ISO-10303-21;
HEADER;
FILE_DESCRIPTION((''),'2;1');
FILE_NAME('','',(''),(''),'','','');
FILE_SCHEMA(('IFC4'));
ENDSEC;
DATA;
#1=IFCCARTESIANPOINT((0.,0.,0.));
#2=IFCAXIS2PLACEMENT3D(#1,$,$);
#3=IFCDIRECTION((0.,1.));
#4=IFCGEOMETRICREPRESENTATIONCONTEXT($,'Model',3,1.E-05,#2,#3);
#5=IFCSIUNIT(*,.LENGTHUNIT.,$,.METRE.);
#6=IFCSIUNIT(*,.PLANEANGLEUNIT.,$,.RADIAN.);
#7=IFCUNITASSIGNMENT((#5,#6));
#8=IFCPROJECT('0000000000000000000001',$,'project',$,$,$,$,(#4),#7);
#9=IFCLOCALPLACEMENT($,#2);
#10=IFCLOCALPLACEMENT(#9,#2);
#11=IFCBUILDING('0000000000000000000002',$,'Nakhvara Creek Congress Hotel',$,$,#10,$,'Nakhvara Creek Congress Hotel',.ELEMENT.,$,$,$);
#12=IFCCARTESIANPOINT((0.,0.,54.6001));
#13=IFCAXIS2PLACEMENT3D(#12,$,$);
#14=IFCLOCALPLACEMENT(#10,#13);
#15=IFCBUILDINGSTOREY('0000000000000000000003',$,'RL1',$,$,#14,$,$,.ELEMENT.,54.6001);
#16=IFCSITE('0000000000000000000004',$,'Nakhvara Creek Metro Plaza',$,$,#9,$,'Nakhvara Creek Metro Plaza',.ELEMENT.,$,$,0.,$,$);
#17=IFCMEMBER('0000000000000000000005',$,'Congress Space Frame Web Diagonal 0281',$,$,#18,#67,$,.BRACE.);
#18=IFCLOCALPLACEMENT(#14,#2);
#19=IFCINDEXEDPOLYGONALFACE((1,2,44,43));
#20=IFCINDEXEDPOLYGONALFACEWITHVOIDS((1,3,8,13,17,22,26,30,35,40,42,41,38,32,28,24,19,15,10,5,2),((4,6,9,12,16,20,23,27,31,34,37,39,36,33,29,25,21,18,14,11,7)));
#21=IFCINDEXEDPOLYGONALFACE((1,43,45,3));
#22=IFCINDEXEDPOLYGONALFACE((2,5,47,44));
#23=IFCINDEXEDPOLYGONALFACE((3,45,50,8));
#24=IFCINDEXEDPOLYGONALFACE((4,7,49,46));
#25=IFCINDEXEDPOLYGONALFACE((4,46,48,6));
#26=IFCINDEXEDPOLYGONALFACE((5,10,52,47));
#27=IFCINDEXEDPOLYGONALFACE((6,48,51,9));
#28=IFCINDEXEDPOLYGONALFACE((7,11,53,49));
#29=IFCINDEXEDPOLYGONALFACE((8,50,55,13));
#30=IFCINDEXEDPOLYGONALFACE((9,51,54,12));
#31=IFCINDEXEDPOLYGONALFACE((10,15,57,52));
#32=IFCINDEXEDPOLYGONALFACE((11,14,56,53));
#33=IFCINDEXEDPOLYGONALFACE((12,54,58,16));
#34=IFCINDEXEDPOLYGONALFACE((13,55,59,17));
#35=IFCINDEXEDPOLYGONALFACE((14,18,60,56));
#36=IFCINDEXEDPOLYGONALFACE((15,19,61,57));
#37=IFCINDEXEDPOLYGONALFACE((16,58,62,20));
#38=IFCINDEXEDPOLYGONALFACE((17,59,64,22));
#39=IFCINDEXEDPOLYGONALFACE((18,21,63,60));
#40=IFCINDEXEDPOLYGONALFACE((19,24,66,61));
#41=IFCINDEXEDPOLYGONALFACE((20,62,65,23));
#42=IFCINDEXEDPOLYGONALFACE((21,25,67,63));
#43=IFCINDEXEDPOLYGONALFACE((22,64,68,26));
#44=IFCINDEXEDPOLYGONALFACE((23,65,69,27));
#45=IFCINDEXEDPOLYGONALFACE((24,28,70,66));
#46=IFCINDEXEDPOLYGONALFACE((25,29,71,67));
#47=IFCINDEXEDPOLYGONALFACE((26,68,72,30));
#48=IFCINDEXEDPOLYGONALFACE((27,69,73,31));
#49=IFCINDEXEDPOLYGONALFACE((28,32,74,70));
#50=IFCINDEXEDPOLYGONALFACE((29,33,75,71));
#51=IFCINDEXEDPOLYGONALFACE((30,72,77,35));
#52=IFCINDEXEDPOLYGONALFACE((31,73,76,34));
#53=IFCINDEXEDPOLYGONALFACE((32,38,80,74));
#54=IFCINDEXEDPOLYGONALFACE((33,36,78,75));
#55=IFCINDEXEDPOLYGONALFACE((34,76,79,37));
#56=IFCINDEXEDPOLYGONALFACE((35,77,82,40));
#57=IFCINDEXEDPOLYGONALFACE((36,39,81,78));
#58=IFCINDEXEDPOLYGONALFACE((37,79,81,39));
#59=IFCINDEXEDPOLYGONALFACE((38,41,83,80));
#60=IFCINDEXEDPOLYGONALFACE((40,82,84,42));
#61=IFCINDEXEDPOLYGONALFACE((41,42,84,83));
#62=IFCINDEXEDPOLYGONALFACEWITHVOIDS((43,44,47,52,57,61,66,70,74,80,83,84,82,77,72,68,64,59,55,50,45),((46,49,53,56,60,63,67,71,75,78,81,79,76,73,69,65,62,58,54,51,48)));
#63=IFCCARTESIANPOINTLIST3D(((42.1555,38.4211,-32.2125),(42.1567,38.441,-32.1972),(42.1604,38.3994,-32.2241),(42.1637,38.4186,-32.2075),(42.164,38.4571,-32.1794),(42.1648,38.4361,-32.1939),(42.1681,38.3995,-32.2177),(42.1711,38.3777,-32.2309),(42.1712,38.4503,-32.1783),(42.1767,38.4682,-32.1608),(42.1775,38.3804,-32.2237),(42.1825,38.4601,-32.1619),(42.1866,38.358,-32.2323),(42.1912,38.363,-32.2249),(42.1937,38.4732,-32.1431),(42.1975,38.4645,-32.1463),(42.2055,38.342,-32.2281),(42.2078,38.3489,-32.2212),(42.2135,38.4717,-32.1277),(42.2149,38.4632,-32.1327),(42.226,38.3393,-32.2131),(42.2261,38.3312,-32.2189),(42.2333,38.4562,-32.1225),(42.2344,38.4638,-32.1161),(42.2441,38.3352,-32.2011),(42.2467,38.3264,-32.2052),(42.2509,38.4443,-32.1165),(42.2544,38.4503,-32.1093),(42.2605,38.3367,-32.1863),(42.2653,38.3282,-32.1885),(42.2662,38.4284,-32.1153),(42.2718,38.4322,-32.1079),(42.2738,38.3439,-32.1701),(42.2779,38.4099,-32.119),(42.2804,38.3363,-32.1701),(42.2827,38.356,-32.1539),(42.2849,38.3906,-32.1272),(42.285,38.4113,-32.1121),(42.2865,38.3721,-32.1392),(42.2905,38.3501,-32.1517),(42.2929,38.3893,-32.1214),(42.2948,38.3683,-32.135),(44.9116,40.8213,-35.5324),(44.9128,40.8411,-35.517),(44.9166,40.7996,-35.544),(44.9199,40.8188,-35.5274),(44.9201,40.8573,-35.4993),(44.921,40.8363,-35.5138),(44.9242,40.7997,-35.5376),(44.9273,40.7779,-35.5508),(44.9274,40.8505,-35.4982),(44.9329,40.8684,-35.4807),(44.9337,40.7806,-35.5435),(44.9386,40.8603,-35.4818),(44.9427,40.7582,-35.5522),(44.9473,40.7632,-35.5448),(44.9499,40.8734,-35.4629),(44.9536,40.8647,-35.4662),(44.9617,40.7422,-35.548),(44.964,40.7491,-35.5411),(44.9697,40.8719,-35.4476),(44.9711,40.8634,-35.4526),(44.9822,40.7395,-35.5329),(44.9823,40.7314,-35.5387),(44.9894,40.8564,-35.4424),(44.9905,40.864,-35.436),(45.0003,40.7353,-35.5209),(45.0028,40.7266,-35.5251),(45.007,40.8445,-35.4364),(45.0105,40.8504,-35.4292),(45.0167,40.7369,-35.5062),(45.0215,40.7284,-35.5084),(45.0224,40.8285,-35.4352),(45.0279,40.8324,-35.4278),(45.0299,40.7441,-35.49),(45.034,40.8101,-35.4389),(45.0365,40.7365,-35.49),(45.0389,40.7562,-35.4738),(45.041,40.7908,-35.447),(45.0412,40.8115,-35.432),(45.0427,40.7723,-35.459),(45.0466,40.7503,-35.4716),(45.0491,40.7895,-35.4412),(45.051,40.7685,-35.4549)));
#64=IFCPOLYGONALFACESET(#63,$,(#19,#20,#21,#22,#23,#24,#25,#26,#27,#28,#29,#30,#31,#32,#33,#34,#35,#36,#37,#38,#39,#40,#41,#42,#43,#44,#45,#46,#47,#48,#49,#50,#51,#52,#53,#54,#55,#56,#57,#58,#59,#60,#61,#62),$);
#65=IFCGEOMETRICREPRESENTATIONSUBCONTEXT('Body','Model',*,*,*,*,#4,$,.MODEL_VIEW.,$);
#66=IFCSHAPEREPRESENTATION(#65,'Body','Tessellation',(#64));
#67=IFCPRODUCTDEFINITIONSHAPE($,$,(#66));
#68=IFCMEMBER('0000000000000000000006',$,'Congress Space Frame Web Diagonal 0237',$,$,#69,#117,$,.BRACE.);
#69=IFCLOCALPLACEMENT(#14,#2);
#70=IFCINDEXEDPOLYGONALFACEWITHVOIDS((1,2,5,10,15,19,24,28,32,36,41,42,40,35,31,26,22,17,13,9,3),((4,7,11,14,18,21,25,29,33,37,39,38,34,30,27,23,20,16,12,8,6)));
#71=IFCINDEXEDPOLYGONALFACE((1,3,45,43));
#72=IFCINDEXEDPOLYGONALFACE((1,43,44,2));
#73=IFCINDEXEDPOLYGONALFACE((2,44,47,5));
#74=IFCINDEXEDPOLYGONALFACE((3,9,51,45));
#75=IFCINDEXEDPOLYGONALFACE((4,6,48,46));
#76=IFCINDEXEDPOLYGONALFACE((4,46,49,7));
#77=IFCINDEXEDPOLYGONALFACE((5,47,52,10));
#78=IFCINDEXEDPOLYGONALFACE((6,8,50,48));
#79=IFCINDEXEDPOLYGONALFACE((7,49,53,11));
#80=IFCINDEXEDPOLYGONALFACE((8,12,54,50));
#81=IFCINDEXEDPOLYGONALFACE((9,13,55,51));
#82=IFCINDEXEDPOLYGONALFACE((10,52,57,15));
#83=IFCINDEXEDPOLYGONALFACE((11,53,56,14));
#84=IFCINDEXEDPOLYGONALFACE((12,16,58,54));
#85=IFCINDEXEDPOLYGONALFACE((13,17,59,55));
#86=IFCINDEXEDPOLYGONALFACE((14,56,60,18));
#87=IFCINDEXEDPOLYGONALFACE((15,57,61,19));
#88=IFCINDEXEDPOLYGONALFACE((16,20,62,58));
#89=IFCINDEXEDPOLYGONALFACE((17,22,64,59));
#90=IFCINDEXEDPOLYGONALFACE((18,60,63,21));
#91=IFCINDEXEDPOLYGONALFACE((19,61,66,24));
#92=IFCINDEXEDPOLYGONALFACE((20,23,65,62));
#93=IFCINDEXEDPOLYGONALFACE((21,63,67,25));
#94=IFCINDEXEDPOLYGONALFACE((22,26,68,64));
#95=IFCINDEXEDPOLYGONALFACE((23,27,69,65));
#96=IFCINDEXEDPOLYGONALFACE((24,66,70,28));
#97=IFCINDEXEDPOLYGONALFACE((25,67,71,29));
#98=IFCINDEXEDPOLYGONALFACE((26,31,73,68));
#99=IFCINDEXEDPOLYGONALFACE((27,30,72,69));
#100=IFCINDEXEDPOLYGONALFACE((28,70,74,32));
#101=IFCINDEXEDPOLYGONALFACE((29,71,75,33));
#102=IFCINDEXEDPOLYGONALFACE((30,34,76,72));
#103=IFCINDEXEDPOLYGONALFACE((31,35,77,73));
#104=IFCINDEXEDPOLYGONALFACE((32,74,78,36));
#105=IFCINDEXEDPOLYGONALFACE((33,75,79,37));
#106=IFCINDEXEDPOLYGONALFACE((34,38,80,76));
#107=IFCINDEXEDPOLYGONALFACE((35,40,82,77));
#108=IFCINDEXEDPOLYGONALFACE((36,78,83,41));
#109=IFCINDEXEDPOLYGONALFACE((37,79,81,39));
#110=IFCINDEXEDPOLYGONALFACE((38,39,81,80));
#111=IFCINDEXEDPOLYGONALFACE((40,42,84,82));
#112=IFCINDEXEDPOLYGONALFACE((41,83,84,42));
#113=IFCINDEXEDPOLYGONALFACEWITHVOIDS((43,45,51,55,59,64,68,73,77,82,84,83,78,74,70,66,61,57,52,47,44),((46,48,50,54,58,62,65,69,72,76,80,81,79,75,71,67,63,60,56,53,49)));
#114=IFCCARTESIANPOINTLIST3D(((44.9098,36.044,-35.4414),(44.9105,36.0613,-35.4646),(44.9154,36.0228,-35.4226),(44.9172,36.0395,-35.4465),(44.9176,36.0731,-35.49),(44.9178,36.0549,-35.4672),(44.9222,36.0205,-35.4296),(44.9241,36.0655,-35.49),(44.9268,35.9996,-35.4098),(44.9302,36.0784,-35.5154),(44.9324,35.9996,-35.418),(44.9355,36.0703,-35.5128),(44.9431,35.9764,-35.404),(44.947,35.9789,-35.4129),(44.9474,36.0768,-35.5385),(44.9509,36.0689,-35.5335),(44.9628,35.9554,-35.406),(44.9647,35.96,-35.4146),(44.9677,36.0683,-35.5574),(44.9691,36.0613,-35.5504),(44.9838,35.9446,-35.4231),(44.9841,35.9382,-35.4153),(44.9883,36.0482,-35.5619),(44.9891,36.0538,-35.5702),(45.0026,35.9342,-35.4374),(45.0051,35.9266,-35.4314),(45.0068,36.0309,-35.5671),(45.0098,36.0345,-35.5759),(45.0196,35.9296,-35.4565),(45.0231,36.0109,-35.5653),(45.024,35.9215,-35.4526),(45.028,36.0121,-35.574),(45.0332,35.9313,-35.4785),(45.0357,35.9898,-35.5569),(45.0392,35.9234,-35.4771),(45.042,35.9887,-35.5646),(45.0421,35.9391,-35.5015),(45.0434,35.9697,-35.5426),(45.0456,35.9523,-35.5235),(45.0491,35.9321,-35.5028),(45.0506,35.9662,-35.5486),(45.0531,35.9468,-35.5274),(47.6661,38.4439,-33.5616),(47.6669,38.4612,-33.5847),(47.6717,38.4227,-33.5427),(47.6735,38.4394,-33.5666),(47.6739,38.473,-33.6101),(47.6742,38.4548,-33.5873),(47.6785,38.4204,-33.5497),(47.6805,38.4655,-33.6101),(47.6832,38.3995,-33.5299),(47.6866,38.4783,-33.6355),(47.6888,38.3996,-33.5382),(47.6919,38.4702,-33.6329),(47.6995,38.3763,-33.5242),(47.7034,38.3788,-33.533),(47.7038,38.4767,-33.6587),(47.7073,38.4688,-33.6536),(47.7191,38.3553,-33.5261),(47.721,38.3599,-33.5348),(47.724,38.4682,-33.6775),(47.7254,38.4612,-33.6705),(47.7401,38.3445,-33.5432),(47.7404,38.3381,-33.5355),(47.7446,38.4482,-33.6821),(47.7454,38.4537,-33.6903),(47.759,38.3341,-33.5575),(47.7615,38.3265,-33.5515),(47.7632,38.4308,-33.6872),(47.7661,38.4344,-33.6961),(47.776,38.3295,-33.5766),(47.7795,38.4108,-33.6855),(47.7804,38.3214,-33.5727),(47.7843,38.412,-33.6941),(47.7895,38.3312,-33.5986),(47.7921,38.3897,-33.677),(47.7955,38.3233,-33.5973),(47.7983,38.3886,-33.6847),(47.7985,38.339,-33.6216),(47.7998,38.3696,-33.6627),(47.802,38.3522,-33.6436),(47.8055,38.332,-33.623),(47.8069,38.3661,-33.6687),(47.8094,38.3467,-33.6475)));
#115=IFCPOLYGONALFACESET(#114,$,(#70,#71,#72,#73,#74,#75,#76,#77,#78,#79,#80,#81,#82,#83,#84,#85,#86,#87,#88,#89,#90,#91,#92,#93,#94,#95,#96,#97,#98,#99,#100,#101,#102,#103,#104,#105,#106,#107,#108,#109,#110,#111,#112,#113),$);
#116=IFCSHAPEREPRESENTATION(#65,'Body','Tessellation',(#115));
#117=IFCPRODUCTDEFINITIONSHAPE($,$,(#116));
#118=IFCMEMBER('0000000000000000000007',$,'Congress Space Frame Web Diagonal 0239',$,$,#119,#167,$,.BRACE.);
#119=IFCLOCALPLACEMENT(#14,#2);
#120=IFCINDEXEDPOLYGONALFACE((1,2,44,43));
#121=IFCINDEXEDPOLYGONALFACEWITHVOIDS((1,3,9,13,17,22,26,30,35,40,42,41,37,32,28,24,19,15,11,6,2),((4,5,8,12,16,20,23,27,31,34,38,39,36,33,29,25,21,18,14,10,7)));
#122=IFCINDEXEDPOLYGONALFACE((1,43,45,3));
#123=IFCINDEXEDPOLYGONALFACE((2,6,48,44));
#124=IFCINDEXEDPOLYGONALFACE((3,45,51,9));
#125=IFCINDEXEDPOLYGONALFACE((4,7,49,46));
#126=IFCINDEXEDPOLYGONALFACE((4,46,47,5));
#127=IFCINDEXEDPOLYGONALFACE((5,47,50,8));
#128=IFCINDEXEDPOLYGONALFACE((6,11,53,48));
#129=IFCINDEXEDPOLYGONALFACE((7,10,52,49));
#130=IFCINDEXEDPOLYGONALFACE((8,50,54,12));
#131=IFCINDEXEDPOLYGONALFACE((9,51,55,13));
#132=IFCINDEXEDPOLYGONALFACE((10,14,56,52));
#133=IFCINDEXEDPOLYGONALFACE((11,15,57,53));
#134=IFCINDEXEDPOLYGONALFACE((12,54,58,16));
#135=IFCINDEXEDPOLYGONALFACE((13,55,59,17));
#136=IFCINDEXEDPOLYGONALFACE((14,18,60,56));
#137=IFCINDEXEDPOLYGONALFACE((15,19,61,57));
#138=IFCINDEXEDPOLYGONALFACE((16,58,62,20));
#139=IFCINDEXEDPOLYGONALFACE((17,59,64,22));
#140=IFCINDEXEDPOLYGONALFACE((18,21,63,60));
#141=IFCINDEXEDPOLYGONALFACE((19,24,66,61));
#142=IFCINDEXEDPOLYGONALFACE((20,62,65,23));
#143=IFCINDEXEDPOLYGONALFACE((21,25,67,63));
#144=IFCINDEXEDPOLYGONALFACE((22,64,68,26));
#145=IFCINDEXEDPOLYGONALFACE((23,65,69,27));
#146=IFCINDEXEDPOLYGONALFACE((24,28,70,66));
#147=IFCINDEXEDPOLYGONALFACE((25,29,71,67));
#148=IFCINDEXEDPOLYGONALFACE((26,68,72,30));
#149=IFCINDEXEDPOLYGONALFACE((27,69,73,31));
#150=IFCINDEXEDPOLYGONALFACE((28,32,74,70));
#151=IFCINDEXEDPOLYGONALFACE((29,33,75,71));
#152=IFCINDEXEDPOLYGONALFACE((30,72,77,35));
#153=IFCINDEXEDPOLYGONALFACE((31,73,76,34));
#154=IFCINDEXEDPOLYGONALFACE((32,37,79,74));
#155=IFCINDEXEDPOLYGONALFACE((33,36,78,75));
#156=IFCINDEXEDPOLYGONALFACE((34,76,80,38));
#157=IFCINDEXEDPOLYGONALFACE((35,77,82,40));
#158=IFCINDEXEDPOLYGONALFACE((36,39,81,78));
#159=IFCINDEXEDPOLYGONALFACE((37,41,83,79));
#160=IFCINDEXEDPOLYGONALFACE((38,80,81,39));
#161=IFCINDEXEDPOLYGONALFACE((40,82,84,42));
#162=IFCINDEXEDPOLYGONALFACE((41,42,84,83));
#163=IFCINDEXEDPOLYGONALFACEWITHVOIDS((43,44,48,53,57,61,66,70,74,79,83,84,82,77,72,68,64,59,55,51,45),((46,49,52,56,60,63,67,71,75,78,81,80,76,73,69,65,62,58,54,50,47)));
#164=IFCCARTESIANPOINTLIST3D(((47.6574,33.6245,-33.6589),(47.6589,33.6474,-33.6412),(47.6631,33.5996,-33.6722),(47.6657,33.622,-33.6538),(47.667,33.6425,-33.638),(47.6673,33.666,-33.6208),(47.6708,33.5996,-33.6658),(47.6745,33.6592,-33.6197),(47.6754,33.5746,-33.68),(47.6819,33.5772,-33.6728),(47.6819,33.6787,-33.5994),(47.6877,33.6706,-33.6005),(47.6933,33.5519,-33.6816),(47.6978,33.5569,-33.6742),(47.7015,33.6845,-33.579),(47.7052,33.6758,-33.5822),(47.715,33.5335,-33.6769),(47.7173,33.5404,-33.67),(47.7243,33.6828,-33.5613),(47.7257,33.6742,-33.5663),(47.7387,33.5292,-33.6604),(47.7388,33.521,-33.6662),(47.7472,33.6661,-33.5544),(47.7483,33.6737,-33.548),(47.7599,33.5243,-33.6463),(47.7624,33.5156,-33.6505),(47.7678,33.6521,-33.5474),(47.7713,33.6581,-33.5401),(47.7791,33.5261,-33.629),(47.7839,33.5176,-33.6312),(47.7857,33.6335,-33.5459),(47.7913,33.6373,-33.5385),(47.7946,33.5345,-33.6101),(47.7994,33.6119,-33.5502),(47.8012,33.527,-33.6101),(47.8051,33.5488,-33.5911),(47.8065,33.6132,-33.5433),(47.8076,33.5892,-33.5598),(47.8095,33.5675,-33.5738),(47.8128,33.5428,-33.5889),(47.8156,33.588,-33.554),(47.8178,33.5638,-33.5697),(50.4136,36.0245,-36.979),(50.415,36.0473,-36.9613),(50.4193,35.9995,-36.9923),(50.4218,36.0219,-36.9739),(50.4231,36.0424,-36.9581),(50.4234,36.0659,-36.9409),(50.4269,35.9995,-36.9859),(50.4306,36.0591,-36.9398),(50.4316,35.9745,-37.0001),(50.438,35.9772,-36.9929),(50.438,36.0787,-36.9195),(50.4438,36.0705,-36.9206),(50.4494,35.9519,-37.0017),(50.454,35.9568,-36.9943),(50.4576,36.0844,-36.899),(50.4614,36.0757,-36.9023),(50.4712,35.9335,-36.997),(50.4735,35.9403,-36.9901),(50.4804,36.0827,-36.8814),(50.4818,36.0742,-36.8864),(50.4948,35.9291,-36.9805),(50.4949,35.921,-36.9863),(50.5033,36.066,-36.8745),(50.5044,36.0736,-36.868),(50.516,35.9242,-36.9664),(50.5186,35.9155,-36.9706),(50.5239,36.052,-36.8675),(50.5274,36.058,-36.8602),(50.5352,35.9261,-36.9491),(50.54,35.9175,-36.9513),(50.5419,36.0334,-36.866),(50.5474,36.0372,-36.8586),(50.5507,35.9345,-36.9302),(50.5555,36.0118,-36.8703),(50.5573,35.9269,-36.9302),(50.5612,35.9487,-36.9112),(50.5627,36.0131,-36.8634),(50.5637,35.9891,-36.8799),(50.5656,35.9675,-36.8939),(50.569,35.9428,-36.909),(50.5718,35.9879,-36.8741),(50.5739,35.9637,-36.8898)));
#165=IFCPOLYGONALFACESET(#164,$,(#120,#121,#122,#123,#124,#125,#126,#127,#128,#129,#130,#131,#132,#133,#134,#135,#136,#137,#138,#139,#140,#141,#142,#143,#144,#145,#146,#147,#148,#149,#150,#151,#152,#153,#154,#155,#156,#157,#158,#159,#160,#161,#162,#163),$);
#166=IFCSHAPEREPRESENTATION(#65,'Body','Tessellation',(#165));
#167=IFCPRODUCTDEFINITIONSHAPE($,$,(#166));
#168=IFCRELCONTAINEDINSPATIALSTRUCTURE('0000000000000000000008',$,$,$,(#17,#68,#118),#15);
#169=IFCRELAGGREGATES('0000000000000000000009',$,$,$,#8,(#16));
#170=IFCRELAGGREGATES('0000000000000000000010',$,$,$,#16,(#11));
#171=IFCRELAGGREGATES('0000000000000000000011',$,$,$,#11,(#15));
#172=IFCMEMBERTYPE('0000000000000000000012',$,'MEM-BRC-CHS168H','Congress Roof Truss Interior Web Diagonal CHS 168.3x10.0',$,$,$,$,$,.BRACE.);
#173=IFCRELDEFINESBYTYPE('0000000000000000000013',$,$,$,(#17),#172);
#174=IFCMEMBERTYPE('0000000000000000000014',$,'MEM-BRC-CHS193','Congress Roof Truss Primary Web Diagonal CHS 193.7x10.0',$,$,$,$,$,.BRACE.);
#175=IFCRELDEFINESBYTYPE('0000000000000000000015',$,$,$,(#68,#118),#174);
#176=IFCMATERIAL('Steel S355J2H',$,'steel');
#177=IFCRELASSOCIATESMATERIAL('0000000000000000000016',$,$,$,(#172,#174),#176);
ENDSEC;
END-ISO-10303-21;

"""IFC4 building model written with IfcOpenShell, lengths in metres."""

from ifc_helpers import new_model, si_unit, direction, frame, origin, origin_2d, place, context, subcontext, project, spatial, hollow_circle, extrude, material, material_profile, profile_set, type_object, element, save


model = new_model("IFC4")

# Units and contexts
model_context = context("Model", 3, precision=1e-05, world=origin(), true_north=direction((0.0, 1.0)))
body_context = subcontext(model_context, "Body", "Model", "MODEL_VIEW")
ifc_project = project(units=[si_unit("LENGTHUNIT", "METRE"), si_unit("PLANEANGLEUNIT", "RADIAN")], contexts=[model_context])

# Site, building, storey
site_placement = place(None, origin())
site = spatial("IfcSite", under=ifc_project, at=site_placement, Name="Nakhvara Creek Metro Plaza", LongName="Nakhvara Creek Metro Plaza", CompositionType="ELEMENT", RefElevation=0.0)
building_placement = place(site_placement, origin())
building = spatial("IfcBuilding", under=site, at=building_placement, Name="Nakhvara Creek Congress Hotel", LongName="Nakhvara Creek Congress Hotel", CompositionType="ELEMENT")
storey_placement = place(building_placement, frame((0.0, 0.0, 54.6001)))
storey = spatial("IfcBuildingStorey", under=building, at=storey_placement, Name="RL1", CompositionType="ELEMENT", Elevation=54.6001)

# Members
ifc_material_1 = material(Name="Steel S355J2H", Category="steel")
ifc_material_profile_1 = material_profile(ifc_material_1, hollow_circle(Radius=0.0842, WallThickness=0.01, at=origin_2d()), Name="CHS 168.3x10.0", Category="LoadBearing")
ifc_profile_set_1 = profile_set([ifc_material_profile_1], Name="Steel S355J2H")
member_type_1 = type_object("IfcMemberType", Name="MEM-BRC-CHS168H", Description="Congress Roof Truss Interior Web Diagonal CHS 168.3x10.0", PredefinedType="BRACE", material=ifc_profile_set_1)
member_1_placement = place(storey_placement, frame((44.9812, 40.8, -35.49), z_axis=(-0.558208, -0.486114, 0.672381), x_axis=(0.656729, -0.754126, 0.0)))
element("IfcMember", 1, at=member_1_placement, inside=storey, type_object=member_type_1, Name="Congress Space Frame Web Diagonal 0281", PredefinedType="BRACE", context=body_context, shape_type="SweptSolid", body=[
    extrude(hollow_circle(Radius=0.0842, WallThickness=0.01, at=origin_2d()), origin(), (0.0, 0.0, 1.0), 4.9375),
])
ifc_material_profile_2 = material_profile(ifc_material_1, hollow_circle(Radius=0.0969, WallThickness=0.01, at=origin_2d()), Name="CHS 193.7x10.0", Category="LoadBearing")
ifc_profile_set_2 = profile_set([ifc_material_profile_2], Name="Steel S355J2H")
member_type_2 = type_object("IfcMemberType", Name="MEM-BRC-CHS193", Description="Congress Roof Truss Primary Web Diagonal CHS 193.7x10.0", PredefinedType="BRACE", material=ifc_profile_set_2)
member_2_placement = place(storey_placement, frame((44.9812, 36.0, -35.49), z_axis=(0.670667, 0.583938, 0.457408), x_axis=(-0.656658, 0.754188, 0.0)))
element("IfcMember", 2, at=member_2_placement, inside=storey, type_object=member_type_2, Name="Congress Space Frame Web Diagonal 0237", PredefinedType="BRACE", context=body_context, shape_type="SweptSolid", body=[
    extrude(hollow_circle(Radius=0.0969, WallThickness=0.01, at=origin_2d()), origin(), (0.0, 0.0, 1.0), 4.1099),
])
for number, where, z_axis, x_axis, name in (
    (3, (50.4937, 36.0, -36.9302), (-0.558203, -0.48606, 0.672425), (0.656691, -0.75416, 0.0), "Congress Space Frame Web Diagonal 0239"),
):
    element("IfcMember", number, at=place(storey_placement, frame(where, z_axis=z_axis, x_axis=x_axis)), inside=storey, type_object=member_type_2, Name=name, PredefinedType="BRACE", context=body_context, shape_type="SweptSolid", body=[
        extrude(hollow_circle(Radius=0.0969, WallThickness=0.01, at=origin_2d()), origin(), (0.0, 0.0, 1.0), 4.9375),
    ])

save(model, "model.ifc")
